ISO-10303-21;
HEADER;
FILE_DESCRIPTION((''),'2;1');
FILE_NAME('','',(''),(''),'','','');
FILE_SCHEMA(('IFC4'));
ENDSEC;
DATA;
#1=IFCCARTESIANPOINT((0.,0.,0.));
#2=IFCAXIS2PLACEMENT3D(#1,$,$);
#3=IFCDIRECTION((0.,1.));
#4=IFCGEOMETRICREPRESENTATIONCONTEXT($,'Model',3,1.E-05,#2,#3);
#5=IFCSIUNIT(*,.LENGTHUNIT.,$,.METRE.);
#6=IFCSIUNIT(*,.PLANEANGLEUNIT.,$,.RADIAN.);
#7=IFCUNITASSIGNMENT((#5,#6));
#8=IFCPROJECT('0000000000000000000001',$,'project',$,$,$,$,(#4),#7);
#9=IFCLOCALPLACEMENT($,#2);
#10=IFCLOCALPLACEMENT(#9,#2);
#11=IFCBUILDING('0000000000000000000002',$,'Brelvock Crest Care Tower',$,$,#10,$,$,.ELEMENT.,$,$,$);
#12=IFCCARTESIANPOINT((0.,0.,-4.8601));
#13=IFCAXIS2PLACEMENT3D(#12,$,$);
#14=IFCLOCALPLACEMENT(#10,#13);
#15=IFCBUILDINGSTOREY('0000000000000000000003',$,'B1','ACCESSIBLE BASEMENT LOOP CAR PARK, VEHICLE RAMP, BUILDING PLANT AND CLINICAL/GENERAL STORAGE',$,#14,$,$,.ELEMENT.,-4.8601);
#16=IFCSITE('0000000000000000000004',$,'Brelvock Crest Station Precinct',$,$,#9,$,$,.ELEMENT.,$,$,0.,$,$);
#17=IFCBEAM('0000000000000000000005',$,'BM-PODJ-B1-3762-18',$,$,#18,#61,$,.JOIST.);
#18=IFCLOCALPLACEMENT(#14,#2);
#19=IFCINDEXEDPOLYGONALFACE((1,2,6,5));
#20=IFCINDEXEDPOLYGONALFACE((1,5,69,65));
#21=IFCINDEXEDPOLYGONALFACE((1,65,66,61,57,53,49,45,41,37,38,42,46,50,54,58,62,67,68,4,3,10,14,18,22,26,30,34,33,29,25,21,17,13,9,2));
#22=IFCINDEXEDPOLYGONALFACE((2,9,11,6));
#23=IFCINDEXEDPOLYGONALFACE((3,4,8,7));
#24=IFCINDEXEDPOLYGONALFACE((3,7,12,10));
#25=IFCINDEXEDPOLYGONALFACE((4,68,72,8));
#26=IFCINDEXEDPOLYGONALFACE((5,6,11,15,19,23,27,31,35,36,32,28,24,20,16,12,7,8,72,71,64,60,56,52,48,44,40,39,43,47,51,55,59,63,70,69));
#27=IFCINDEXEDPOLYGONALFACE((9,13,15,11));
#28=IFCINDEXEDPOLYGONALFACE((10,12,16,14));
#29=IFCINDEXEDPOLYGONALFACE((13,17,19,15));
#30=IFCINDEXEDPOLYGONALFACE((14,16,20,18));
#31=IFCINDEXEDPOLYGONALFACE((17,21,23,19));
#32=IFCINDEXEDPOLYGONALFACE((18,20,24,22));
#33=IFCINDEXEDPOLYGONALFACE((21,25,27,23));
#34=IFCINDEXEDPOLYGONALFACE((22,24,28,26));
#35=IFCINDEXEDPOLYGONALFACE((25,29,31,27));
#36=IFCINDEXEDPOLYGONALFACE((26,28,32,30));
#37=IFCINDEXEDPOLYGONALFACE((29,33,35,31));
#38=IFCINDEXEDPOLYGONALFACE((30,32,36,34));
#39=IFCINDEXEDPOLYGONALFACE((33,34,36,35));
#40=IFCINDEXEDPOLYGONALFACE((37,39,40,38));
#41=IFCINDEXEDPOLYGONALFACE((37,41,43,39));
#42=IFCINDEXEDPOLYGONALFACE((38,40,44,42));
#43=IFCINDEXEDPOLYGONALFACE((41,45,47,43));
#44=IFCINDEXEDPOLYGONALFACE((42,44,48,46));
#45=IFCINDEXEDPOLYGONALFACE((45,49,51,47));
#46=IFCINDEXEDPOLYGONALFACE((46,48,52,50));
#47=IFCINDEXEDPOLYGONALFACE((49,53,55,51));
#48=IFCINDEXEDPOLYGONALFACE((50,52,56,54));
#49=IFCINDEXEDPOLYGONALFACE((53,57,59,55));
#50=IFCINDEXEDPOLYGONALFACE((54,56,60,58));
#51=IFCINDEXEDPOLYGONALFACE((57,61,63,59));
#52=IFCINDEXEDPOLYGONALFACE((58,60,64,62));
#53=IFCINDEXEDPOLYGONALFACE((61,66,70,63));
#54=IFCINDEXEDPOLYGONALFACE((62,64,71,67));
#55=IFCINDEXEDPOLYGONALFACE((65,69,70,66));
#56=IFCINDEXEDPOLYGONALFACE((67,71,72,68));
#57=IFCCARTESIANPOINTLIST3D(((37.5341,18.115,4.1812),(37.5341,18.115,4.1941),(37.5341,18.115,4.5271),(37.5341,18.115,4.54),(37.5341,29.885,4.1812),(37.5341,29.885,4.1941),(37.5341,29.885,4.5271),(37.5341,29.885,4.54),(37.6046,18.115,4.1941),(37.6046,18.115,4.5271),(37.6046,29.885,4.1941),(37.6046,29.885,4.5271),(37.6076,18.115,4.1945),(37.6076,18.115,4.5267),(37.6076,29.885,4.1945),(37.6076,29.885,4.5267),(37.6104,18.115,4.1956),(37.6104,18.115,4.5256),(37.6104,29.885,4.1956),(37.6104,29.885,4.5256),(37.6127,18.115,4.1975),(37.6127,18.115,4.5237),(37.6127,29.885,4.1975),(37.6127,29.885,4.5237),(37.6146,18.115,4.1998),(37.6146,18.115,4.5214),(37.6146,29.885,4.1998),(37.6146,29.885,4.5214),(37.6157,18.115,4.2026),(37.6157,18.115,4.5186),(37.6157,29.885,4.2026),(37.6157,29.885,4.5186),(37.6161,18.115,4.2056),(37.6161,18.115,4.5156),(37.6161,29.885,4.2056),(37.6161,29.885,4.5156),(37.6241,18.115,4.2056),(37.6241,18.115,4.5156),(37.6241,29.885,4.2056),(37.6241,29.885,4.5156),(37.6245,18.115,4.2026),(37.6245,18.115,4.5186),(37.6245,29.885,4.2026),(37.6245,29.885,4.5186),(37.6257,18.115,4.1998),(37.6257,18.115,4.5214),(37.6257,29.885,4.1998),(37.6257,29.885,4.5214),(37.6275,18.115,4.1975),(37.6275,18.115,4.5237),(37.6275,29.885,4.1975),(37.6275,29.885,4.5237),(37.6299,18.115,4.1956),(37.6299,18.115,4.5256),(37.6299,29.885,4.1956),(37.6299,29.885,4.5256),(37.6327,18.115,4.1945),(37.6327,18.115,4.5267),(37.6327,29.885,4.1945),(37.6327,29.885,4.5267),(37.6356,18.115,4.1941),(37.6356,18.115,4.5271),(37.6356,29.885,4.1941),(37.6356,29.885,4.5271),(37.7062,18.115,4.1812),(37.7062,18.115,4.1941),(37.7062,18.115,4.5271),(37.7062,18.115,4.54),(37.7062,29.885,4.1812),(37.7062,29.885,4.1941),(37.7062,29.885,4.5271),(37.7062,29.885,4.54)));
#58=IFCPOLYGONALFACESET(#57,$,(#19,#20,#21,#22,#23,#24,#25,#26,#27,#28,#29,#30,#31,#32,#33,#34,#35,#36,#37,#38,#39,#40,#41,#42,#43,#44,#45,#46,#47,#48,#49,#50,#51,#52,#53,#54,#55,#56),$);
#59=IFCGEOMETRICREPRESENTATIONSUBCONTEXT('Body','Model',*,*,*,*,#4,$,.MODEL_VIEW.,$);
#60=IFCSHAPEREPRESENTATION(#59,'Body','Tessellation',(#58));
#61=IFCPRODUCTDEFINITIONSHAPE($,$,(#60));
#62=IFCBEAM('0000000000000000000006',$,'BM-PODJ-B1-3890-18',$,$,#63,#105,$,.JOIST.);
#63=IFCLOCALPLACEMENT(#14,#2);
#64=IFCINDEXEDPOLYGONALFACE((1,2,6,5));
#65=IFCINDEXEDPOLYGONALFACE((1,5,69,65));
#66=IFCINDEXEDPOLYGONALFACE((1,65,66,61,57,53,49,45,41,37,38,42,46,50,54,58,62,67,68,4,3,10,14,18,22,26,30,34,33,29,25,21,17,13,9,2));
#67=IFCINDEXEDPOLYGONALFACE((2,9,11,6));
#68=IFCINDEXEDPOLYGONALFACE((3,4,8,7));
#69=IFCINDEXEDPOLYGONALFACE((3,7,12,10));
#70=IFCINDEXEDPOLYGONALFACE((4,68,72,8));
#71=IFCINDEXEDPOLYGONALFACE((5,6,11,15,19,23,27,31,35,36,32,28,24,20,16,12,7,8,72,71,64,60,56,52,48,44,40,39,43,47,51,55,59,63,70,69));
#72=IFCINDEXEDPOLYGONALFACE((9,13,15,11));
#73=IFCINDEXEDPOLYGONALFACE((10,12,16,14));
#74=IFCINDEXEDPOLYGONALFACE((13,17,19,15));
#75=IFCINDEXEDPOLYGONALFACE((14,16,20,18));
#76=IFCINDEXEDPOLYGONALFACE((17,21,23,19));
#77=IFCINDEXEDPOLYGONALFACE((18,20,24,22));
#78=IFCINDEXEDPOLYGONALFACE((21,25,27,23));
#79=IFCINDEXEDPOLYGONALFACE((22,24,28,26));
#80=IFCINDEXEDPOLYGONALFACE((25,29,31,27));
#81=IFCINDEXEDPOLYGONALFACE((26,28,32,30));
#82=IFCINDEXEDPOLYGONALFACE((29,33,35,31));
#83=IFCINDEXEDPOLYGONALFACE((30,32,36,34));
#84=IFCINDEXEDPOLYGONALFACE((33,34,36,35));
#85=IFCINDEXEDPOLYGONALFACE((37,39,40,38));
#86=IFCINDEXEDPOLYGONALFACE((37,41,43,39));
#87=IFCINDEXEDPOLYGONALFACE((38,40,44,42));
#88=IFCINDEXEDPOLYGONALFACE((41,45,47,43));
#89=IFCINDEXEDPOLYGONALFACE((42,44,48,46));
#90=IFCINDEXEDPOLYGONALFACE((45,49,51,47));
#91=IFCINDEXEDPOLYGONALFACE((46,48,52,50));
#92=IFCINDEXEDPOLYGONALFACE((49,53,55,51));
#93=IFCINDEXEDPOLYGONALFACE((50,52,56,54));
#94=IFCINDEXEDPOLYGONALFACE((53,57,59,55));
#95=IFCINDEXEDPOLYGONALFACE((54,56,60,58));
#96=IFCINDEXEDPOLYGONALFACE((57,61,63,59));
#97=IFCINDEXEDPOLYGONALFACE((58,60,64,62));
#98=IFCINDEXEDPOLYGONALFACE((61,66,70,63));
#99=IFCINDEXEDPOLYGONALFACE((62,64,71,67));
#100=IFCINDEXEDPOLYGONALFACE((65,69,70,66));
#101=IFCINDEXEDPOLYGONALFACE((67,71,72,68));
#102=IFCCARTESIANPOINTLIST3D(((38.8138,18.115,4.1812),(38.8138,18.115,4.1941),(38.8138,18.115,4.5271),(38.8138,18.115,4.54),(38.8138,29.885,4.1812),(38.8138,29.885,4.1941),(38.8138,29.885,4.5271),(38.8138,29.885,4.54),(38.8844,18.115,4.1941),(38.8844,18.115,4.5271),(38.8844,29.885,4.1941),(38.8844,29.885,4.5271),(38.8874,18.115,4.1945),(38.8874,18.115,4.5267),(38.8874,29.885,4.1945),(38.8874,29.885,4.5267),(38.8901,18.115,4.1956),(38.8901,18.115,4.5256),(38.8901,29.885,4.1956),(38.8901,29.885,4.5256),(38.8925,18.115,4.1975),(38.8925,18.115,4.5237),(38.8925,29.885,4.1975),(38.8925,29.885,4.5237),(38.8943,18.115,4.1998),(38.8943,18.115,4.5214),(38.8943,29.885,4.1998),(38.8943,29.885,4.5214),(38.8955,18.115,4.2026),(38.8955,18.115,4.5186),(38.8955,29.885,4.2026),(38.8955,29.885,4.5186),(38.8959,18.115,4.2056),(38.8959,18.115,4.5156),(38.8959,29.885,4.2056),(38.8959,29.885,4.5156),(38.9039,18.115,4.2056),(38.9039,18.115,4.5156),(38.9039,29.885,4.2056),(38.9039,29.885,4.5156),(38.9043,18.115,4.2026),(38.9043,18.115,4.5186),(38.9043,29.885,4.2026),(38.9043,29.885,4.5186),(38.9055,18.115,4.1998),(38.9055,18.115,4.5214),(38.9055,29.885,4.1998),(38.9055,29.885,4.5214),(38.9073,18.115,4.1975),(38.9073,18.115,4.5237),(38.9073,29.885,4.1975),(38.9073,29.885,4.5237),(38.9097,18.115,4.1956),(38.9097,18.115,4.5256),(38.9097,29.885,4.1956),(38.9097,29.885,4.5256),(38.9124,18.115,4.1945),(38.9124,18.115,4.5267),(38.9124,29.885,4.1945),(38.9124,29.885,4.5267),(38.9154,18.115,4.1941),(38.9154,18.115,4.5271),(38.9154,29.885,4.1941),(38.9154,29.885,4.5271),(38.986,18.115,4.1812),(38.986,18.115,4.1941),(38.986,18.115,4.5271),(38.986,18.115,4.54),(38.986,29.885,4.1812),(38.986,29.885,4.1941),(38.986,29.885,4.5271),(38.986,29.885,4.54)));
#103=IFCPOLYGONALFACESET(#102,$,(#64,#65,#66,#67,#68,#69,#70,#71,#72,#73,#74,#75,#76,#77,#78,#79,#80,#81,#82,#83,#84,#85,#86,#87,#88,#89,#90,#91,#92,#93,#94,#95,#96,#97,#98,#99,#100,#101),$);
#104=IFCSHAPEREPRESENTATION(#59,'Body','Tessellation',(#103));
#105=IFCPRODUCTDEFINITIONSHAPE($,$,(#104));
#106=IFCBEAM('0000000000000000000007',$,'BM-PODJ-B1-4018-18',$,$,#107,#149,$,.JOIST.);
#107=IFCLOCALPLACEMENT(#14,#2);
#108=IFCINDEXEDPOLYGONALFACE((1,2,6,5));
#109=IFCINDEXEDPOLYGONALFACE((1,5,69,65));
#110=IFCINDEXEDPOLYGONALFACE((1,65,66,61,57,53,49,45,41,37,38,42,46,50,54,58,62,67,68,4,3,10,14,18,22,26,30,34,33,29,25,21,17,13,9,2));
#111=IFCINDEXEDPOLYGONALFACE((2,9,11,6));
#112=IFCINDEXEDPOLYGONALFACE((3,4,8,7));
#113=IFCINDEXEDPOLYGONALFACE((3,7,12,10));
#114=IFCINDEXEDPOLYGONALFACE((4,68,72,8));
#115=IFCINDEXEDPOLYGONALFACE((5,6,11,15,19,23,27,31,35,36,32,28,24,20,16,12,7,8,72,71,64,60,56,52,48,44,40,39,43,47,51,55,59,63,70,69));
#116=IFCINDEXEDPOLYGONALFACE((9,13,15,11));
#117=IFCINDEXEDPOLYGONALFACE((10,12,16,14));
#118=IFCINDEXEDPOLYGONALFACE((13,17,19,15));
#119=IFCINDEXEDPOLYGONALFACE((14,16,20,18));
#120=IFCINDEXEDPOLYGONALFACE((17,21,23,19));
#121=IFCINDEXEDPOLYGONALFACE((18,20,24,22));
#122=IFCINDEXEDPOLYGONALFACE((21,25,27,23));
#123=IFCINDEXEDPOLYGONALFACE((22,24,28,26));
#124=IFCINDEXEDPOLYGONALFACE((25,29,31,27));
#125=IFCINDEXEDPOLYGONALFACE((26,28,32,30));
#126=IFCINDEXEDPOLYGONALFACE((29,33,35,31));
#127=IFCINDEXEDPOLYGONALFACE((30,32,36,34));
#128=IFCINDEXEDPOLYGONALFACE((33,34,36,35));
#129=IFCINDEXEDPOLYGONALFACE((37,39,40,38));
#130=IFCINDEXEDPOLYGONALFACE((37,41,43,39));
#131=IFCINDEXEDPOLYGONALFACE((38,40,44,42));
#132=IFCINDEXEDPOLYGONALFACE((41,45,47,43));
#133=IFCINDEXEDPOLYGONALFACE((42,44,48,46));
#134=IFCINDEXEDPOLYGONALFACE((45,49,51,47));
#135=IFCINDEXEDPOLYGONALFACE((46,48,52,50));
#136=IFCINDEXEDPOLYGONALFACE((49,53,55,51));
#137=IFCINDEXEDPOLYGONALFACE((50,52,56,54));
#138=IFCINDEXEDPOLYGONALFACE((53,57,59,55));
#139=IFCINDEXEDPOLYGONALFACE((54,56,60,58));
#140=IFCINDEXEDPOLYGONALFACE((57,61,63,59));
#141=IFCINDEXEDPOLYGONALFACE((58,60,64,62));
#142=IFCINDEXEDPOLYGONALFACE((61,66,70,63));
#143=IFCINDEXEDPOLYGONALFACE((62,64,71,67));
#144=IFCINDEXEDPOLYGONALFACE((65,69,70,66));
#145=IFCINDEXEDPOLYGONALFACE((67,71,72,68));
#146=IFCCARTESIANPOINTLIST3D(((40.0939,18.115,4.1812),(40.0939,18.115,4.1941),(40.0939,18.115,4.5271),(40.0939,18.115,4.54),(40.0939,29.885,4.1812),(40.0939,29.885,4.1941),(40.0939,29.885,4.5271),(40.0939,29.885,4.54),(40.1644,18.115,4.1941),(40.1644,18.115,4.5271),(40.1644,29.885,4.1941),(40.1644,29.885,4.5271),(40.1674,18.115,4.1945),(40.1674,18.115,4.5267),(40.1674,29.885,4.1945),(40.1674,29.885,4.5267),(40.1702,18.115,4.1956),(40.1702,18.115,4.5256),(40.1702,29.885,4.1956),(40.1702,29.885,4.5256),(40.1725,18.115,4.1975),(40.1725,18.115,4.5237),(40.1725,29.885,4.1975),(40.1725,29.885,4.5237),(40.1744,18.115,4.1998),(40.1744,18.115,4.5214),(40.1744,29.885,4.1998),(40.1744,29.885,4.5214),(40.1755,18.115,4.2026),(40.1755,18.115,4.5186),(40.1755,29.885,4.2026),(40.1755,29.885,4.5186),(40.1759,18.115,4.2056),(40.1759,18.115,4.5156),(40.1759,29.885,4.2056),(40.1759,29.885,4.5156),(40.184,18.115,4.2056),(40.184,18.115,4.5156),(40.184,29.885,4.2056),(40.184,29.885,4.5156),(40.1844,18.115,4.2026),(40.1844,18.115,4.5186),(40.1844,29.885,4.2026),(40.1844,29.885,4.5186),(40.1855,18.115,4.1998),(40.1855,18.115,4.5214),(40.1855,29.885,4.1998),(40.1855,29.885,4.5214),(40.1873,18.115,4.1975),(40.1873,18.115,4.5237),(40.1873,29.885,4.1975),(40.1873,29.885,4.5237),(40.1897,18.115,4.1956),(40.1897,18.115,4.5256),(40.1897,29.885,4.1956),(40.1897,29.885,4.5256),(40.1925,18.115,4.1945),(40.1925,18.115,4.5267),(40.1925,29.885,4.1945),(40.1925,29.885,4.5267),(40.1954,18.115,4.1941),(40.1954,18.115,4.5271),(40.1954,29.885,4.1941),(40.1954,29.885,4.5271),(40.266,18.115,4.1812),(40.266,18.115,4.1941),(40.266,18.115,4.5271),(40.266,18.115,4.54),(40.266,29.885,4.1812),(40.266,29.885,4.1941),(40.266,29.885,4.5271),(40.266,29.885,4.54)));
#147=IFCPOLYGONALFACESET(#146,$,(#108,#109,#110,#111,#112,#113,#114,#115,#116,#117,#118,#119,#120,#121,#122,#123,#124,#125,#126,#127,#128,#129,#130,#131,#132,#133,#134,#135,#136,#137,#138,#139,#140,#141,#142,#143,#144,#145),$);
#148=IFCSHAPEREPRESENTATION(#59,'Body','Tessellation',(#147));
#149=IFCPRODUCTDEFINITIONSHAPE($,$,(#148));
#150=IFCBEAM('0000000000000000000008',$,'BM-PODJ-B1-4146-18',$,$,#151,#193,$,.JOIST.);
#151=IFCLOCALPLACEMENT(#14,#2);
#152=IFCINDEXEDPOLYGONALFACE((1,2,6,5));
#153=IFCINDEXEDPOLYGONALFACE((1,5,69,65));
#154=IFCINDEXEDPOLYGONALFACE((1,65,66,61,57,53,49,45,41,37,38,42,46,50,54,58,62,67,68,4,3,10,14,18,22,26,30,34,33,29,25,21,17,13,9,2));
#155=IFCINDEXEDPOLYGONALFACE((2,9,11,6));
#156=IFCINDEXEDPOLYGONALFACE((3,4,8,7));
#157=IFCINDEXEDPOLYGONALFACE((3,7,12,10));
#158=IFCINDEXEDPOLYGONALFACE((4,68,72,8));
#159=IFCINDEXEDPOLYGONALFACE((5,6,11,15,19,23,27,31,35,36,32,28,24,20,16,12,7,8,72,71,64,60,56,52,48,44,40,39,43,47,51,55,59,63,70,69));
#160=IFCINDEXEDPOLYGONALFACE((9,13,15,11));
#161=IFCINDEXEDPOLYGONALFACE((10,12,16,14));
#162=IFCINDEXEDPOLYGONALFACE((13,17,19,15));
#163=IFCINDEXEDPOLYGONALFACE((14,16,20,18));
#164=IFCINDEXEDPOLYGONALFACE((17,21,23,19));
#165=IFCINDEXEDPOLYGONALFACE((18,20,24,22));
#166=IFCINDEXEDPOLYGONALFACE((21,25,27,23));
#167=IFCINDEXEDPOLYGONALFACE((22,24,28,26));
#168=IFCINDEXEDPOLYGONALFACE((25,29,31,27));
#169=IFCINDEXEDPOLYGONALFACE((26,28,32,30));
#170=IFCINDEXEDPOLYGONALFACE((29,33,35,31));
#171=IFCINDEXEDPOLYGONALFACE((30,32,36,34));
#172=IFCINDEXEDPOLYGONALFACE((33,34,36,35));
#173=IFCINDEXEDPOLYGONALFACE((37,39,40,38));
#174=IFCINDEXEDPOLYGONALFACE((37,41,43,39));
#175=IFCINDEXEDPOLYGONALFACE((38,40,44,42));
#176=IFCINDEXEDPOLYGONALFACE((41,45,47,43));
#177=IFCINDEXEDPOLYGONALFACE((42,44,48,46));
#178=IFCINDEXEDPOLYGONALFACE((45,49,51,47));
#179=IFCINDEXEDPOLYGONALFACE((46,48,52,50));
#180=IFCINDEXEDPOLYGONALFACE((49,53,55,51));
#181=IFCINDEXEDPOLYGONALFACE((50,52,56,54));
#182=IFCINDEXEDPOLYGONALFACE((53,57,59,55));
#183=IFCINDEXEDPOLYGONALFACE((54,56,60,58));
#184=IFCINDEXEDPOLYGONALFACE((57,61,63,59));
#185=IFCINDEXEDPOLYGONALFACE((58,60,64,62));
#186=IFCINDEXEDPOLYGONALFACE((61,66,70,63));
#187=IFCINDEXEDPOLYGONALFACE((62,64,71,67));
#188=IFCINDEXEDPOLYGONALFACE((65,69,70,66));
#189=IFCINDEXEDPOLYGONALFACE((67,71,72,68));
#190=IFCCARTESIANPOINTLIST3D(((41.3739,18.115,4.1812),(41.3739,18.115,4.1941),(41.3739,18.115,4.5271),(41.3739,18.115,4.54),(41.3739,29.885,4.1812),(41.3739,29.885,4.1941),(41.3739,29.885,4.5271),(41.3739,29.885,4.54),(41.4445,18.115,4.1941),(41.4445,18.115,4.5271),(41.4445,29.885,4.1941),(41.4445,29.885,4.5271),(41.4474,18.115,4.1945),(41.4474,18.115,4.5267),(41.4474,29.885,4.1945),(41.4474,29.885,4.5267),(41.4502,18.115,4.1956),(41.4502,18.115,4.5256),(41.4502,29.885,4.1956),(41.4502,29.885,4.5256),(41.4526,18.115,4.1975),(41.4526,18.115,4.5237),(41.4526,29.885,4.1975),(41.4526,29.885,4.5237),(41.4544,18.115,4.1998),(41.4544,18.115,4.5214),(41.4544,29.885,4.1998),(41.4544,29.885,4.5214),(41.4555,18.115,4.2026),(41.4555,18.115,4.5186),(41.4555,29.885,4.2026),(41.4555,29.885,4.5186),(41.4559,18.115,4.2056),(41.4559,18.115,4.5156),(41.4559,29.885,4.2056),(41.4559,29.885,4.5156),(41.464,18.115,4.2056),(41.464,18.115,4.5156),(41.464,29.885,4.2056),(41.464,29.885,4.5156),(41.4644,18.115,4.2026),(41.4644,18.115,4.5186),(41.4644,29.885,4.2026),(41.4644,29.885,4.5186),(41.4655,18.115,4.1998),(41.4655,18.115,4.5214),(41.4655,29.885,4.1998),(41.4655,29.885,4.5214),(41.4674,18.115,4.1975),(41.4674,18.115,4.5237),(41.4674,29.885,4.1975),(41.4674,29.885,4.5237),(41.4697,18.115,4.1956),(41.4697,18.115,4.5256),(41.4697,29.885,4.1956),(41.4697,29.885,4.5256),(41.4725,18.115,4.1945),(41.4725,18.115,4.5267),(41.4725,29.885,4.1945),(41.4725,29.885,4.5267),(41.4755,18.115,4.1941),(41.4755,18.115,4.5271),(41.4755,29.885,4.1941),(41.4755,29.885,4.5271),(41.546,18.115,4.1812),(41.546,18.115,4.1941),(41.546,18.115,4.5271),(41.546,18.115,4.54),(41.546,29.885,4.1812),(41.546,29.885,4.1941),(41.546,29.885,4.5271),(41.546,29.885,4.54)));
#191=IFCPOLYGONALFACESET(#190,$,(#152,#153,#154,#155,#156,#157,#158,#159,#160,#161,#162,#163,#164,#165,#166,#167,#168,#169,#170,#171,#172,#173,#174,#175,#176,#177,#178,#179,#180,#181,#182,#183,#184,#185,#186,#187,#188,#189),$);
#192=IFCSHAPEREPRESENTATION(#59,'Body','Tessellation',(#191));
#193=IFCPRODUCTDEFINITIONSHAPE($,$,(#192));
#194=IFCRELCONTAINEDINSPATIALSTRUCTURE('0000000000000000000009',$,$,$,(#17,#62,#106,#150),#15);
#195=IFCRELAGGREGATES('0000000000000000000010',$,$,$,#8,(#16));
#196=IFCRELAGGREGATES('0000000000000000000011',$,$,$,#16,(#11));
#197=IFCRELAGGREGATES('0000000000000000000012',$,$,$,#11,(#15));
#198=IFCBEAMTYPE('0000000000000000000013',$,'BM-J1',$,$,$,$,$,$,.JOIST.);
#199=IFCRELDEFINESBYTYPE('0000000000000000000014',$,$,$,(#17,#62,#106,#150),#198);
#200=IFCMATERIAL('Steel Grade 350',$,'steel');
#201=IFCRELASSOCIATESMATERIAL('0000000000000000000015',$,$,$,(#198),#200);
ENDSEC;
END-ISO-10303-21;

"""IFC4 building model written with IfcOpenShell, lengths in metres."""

from ifc_helpers import new_model, si_unit, direction, frame, origin, origin_2d, place, context, subcontext, project, spatial, i_section, extrude, source, transform, mapped, material, material_profile, profile_set, type_object, element, save


model = new_model("IFC4")

# Units and contexts
model_context = context("Model", 3, precision=1e-05, world=origin(), true_north=direction((0.0, 1.0)))
body_context = subcontext(model_context, "Body", "Model", "MODEL_VIEW")
ifc_project = project(units=[si_unit("LENGTHUNIT", "METRE"), si_unit("PLANEANGLEUNIT", "RADIAN")], contexts=[model_context])

# Site, building, storey
site_placement = place(None, origin())
site = spatial("IfcSite", under=ifc_project, at=site_placement, Name="Brelvock Crest Station Precinct", CompositionType="ELEMENT", RefElevation=0.0)
building_placement = place(site_placement, origin())
building = spatial("IfcBuilding", under=site, at=building_placement, Name="Brelvock Crest Care Tower", CompositionType="ELEMENT")
storey_placement = place(building_placement, frame((0.0, 0.0, -4.8601)))
storey = spatial("IfcBuildingStorey", under=building, at=storey_placement, Name="B1", Description="ACCESSIBLE BASEMENT LOOP CAR PARK, VEHICLE RAMP, BUILDING PLANT AND CLINICAL/GENERAL STORAGE", CompositionType="ELEMENT", Elevation=-4.8601)

# Beams
ifc_material_1 = material(Name="Steel Grade 350", Category="steel")
ifc_material_profile_1 = material_profile(ifc_material_1, i_section(OverallWidth=0.1721, OverallDepth=0.3589, WebThickness=0.0081, FlangeThickness=0.0129, FilletRadius=0.0115, at=origin_2d()), Name="360UB56.7")
ifc_profile_set_1 = profile_set([ifc_material_profile_1], Name="Steel Grade 350")
beam_type_1 = type_object("IfcBeamType", Name="BM-J1", PredefinedType="JOIST", material=ifc_profile_set_1)
shared_shape_1 = source(origin(), body_context, "Body", "SweptSolid", [
    extrude(i_section(OverallWidth=0.1721, OverallDepth=0.3589, WebThickness=0.0081, FlangeThickness=0.0129, FilletRadius=0.0115, at=origin_2d()), origin(), (0.0, 0.0, 1.0), 11.77),
])
for number, where, z_axis, x_axis, name in (
    (1, (37.6201, 18.115, 4.3606), (0.0, 1.0, 0.0), (-1.0, 0.0, 0.0), "BM-PODJ-B1-3762-18"),
    (2, (38.8999, 18.115, 4.3606), (0.0, 1.0, 0.0), (-1.0, 0.0, 0.0), "BM-PODJ-B1-3890-18"),
    (3, (40.1799, 18.115, 4.3606), (0.0, 1.0, 0.0), (-1.0, 0.0, 0.0), "BM-PODJ-B1-4018-18"),
    (4, (41.46, 18.115, 4.3606), (0.0, 1.0, 0.0), (-1.0, 0.0, 0.0), "BM-PODJ-B1-4146-18"),
):
    element("IfcBeam", number, at=place(storey_placement, frame(where, z_axis=z_axis, x_axis=x_axis)), inside=storey, type_object=beam_type_1, Name=name, PredefinedType="JOIST", context=body_context, shape_type="MappedRepresentation", body=[
        mapped(shared_shape_1, transform((0.0, 0.0, 0.0), x_axis=(1.0, 0.0, 0.0), y_axis=(0.0, 1.0, 0.0), z_axis=(0.0, 0.0, 1.0), scale=1.0)),
    ])

save(model, "model.ifc")
